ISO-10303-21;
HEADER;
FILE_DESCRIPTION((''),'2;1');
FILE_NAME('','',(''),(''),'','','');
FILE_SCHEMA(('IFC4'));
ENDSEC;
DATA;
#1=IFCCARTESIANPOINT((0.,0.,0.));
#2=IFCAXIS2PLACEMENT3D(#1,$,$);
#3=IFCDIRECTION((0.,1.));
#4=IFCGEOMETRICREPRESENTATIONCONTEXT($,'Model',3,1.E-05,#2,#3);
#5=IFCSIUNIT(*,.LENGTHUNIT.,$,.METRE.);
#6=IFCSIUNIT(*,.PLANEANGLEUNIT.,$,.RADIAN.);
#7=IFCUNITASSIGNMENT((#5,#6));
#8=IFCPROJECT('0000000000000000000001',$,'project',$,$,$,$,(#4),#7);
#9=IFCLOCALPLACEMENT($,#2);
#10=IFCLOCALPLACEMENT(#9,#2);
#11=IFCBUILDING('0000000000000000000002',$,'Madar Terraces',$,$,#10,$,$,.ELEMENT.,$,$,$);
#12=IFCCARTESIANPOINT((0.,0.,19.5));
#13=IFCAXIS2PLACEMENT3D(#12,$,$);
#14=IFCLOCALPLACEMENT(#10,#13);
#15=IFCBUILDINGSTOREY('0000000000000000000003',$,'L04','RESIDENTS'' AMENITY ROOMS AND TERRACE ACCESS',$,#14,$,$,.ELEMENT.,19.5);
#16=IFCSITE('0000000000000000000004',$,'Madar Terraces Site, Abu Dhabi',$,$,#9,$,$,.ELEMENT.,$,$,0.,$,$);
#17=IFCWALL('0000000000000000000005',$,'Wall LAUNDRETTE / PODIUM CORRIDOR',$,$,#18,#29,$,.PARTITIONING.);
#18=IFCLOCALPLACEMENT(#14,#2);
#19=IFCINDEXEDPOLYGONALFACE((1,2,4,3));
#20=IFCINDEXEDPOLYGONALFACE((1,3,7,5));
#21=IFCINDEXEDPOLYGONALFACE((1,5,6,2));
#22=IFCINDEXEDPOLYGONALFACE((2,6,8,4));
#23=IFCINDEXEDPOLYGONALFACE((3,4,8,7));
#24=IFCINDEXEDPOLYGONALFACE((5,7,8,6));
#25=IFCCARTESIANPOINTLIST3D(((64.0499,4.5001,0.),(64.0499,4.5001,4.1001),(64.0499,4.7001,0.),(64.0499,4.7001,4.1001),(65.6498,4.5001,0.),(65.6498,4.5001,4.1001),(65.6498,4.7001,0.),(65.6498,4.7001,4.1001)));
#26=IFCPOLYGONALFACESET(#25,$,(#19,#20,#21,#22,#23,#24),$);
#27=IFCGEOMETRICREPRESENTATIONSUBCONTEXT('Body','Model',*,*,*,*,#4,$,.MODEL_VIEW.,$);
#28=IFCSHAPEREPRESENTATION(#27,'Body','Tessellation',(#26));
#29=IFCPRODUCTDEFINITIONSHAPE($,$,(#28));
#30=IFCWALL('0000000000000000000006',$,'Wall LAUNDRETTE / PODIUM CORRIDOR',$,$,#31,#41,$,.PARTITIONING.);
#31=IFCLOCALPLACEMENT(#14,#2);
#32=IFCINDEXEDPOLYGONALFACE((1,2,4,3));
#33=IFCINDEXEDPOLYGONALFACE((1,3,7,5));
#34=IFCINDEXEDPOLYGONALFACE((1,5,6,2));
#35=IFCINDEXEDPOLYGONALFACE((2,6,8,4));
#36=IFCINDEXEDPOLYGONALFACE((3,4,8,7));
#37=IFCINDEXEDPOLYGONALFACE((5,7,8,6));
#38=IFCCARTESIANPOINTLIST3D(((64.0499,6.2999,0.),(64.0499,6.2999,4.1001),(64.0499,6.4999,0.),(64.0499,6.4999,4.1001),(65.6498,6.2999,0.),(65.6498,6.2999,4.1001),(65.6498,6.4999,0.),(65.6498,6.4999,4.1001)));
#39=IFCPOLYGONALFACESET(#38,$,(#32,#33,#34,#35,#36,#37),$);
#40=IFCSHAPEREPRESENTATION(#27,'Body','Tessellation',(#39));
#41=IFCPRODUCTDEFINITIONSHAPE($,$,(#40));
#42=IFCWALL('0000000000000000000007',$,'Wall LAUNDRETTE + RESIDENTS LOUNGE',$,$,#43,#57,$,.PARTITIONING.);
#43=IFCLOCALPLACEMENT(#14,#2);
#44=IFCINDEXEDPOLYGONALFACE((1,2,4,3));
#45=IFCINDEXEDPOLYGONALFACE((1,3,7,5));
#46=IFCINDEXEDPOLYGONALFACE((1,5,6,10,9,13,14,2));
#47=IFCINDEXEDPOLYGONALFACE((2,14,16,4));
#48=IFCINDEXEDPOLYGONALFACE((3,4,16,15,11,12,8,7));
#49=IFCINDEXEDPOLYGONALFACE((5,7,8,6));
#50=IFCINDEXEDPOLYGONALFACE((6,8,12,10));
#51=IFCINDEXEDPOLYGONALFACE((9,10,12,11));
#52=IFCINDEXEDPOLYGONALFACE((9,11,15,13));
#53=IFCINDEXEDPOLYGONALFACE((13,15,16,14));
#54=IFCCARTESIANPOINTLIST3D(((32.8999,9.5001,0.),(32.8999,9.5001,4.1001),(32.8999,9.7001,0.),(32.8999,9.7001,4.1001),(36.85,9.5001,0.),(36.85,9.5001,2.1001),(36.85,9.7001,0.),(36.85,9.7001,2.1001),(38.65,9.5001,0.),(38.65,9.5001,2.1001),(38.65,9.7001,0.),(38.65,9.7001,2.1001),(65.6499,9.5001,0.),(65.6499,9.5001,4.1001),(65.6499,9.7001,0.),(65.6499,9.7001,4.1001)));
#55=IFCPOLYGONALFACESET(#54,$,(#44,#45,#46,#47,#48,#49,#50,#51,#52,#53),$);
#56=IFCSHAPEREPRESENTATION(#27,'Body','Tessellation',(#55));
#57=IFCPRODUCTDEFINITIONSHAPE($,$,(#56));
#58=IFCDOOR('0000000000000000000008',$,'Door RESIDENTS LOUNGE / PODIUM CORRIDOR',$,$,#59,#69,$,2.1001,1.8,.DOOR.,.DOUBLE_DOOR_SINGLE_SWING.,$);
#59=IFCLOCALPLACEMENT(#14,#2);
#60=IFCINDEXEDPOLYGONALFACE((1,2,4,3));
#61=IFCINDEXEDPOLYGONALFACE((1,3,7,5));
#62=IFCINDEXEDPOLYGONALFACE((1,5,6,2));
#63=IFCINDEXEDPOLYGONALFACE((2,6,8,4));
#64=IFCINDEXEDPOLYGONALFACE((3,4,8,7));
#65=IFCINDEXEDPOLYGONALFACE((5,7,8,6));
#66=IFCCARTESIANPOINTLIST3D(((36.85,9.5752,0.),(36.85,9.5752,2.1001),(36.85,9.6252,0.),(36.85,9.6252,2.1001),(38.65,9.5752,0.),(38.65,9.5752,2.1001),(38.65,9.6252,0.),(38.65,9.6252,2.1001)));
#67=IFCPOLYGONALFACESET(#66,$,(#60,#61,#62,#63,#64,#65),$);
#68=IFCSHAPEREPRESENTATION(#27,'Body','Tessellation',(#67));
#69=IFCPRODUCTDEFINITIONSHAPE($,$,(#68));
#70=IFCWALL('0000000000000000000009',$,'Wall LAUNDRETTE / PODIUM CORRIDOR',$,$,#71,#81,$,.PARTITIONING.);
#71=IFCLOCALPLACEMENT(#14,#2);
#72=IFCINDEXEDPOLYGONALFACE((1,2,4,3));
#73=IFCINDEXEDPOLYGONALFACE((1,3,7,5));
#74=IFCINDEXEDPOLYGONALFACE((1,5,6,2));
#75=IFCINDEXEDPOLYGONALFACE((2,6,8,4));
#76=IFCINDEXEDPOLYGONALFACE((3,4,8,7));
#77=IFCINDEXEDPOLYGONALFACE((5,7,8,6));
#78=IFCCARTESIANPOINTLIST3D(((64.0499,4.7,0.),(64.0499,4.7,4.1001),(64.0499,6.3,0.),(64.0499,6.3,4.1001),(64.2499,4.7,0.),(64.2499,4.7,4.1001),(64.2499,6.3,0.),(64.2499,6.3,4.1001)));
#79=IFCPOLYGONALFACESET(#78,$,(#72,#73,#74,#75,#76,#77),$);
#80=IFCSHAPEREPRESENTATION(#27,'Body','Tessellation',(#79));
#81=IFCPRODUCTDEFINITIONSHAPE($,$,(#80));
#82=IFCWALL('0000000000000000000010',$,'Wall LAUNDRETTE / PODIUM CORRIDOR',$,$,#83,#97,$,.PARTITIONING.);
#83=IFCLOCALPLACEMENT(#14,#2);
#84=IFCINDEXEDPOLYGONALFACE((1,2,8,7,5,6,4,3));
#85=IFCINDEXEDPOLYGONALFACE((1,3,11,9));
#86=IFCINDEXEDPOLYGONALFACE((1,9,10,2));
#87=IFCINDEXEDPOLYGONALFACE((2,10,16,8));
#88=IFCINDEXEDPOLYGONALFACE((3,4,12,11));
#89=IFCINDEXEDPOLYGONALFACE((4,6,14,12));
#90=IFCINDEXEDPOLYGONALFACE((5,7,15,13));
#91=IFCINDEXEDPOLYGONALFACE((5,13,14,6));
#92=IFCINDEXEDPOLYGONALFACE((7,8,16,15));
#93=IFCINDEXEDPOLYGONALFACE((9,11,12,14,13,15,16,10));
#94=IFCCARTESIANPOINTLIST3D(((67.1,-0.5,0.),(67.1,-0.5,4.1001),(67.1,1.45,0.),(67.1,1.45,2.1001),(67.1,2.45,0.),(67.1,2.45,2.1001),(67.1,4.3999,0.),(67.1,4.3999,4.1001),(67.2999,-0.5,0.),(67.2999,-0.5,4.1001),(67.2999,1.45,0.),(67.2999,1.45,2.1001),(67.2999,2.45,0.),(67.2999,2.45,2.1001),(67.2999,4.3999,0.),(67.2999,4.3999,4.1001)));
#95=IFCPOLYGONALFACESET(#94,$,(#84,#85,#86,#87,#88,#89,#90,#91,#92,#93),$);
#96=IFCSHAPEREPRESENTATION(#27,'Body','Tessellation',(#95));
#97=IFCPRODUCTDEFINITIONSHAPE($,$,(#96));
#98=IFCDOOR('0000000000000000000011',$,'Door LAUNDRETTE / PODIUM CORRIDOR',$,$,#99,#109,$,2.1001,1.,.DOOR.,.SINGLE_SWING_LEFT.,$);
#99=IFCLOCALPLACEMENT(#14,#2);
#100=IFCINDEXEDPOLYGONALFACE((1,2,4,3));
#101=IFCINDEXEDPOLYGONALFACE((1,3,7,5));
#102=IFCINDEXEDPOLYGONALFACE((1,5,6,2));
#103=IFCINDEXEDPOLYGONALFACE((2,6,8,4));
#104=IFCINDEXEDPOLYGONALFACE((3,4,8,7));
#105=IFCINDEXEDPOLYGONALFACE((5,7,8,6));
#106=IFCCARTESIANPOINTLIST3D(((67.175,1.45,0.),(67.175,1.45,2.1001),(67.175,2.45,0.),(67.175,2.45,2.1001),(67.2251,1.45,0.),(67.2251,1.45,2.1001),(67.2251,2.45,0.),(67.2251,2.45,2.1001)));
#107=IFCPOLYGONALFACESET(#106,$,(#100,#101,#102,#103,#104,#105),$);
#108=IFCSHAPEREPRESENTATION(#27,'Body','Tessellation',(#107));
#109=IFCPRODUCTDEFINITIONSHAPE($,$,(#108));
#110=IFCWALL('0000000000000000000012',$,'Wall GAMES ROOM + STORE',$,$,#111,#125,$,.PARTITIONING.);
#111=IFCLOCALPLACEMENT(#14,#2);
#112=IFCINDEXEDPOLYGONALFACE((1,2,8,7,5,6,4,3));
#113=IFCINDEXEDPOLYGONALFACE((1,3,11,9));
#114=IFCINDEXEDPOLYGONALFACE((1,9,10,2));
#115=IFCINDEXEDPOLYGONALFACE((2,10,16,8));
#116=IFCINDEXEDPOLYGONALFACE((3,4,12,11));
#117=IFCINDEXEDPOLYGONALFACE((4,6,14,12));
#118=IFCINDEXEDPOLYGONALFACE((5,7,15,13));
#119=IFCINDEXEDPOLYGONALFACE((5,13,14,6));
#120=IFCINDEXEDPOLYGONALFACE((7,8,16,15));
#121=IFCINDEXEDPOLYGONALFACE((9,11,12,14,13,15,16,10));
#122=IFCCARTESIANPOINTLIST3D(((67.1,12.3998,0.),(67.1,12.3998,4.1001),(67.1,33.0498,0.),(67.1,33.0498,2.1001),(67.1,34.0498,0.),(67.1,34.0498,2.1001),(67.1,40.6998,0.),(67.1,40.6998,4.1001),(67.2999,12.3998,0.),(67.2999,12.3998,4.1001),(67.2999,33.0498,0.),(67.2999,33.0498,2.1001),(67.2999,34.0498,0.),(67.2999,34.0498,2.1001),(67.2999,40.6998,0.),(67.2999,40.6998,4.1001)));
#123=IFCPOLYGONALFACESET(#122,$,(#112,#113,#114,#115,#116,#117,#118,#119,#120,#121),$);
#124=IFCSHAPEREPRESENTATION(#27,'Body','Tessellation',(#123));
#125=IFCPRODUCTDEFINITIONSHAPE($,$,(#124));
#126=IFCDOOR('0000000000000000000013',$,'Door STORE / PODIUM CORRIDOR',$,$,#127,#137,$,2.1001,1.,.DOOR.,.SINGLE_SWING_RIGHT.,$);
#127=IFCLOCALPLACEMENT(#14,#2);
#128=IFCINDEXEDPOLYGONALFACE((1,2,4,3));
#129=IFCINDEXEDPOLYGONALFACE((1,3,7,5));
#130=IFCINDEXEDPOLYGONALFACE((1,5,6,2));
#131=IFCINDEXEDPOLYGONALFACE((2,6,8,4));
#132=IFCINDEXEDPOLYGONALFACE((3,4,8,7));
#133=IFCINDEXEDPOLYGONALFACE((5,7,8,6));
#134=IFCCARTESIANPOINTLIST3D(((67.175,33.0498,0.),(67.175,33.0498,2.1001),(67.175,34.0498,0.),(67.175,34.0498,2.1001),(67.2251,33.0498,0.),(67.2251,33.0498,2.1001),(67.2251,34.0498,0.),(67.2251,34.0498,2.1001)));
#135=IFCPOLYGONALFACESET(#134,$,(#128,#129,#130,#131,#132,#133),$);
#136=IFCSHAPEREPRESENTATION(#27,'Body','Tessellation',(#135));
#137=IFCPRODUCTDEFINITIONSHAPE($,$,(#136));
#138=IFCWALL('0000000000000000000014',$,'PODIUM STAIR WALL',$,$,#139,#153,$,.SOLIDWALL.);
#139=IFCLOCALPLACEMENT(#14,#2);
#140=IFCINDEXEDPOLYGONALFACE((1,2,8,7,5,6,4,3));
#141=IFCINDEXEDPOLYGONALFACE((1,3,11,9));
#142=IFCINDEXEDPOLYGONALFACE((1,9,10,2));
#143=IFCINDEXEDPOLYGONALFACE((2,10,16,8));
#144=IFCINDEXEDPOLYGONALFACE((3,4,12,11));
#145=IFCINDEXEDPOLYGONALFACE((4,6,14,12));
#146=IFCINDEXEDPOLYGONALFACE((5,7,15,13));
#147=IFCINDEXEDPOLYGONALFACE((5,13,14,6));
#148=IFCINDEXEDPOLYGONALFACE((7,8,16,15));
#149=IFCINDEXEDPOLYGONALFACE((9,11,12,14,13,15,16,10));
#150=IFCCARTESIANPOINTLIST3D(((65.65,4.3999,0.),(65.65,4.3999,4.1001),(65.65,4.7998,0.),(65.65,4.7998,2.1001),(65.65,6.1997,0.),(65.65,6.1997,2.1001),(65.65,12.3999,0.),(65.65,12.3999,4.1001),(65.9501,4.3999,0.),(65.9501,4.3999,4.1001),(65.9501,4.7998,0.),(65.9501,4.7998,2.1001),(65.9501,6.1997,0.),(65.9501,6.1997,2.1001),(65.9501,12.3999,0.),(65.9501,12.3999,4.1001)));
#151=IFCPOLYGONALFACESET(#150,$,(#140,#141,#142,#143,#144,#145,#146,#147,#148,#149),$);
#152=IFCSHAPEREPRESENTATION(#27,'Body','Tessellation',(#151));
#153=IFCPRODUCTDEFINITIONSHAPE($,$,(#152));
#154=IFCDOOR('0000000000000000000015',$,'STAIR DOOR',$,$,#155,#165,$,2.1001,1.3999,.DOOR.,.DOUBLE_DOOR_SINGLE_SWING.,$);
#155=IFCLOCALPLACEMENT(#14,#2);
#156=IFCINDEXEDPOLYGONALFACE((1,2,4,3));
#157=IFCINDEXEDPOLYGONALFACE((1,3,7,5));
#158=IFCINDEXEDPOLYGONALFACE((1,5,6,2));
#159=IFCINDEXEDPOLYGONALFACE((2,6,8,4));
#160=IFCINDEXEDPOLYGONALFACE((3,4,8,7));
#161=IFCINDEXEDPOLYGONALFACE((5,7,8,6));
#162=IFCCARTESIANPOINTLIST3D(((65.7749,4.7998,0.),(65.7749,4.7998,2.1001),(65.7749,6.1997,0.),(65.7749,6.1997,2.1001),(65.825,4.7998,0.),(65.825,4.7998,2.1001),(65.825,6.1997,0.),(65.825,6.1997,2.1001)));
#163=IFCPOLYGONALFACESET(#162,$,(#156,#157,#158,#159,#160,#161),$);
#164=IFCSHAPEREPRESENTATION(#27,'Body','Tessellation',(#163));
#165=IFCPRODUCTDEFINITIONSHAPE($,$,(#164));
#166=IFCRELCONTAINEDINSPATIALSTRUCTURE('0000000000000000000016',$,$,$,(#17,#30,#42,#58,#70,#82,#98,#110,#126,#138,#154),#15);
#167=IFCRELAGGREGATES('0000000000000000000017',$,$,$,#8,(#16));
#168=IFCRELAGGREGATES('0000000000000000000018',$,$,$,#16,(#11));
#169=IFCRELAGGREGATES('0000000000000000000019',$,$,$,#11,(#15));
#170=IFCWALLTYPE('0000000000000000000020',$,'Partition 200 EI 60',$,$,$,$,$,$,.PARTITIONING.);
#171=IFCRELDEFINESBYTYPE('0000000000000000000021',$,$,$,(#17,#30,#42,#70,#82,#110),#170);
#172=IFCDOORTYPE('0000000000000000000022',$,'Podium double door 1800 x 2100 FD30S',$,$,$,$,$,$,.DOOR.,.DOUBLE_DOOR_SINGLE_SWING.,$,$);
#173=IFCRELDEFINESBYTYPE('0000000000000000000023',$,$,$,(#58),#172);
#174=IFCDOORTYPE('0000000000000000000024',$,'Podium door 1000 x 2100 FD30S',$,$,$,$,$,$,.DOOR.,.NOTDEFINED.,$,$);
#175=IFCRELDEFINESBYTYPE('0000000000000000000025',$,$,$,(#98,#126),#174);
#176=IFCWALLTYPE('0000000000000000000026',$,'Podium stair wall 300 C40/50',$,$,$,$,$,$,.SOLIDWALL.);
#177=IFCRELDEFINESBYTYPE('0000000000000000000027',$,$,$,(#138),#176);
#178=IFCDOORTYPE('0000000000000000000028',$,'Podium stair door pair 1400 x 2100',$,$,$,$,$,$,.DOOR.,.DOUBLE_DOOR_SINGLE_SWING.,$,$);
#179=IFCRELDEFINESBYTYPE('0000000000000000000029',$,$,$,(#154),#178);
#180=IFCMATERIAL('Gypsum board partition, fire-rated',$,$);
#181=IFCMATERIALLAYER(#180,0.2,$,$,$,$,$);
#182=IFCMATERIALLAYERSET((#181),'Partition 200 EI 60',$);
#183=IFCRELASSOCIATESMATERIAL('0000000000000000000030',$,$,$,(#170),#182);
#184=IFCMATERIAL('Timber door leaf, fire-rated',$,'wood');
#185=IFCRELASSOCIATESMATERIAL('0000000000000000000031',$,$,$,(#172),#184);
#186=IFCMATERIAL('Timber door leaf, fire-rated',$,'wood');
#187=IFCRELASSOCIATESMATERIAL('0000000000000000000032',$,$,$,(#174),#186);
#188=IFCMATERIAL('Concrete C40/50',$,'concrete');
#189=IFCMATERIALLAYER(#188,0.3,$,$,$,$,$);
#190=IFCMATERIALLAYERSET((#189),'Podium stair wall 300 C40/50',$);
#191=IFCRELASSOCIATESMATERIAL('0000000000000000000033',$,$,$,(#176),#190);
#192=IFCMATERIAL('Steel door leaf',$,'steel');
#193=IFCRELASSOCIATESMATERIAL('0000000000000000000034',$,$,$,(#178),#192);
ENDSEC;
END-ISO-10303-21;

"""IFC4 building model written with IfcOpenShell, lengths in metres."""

from ifc_helpers import new_model, si_unit, direction, frame, frame_2d, origin, place, context, subcontext, project, spatial, rectangle, extrude, material, layer, layer_set, type_object, element, fill, save


model = new_model("IFC4")

# Units and contexts
model_context = context("Model", 3, precision=1e-05, world=origin(), true_north=direction((0.0, 1.0)))
body_context = subcontext(model_context, "Body", "Model", "MODEL_VIEW")
ifc_project = project(units=[si_unit("LENGTHUNIT", "METRE"), si_unit("PLANEANGLEUNIT", "RADIAN")], contexts=[model_context])

# Site, building, storey
site_placement = place(None, origin())
site = spatial("IfcSite", under=ifc_project, at=site_placement, Name="Madar Terraces Site, Abu Dhabi", CompositionType="ELEMENT", RefElevation=0.0)
building_placement = place(site_placement, origin())
building = spatial("IfcBuilding", under=site, at=building_placement, Name="Madar Terraces", CompositionType="ELEMENT")
storey_placement = place(building_placement, frame((0.0, 0.0, 19.5)))
storey = spatial("IfcBuildingStorey", under=building, at=storey_placement, Name="L04", Description="RESIDENTS' AMENITY ROOMS AND TERRACE ACCESS", CompositionType="ELEMENT", Elevation=19.5)

# Walls
ifc_material_1 = material(Name="Gypsum board partition, fire-rated")
ifc_layer_1 = layer(ifc_material_1, 0.2)
ifc_layer_set_1 = layer_set([ifc_layer_1], Name="Partition 200 EI 60")
wall_type_1 = type_object("IfcWallType", Name="Partition 200 EI 60", PredefinedType="PARTITIONING", material=ifc_layer_set_1)
for number, where, z_axis, x_axis, name in (
    (1, (64.05, 4.6001, 0.0), (0.0, 0.0, 1.0), (1.0, 0.0, 0.0), "Wall LAUNDRETTE / PODIUM CORRIDOR"),
    (2, (64.05, 6.3999, 0.0), (0.0, 0.0, 1.0), (1.0, 0.0, 0.0), "Wall LAUNDRETTE / PODIUM CORRIDOR"),
):
    element("IfcWall", number, at=place(storey_placement, frame(where, z_axis=z_axis, x_axis=x_axis)), inside=storey, type_object=wall_type_1, Name=name, PredefinedType="PARTITIONING", context=body_context, shape_type="SweptSolid", body=[
        extrude(rectangle(XDim=1.5999, YDim=0.2, at=frame_2d((0.7998, 0.0))), origin(), (0.0, 0.0, 1.0), 4.1001),
    ])

# Wall, opening, door
wall_1_placement = place(storey_placement, frame((65.6499, 9.6001, 0.0), z_axis=(0.0, 0.0, 1.0), x_axis=(-1.0, 0.0, 0.0)))
wall_1 = element("IfcWall", 3, at=wall_1_placement, inside=storey, type_object=wall_type_1, Name="Wall LAUNDRETTE + RESIDENTS LOUNGE", PredefinedType="PARTITIONING", context=body_context, shape_type="SweptSolid", body=[
    extrude(rectangle(XDim=32.75, YDim=0.2, at=frame_2d((16.375, 0.0))), origin(), (0.0, 0.0, 1.0), 4.1001),
])
opening_1_placement = place(wall_1_placement, frame((27.0, 0.0, 0.0)))
opening_1 = element("IfcOpeningElement", 4, at=opening_1_placement, cuts=wall_1, PredefinedType="OPENING", context=body_context, shape_type="SweptSolid", body=[
    extrude(rectangle(XDim=1.8, YDim=2.1001, at=frame_2d((0.8999, 1.05))), frame((0.0, 0.1099, 0.0), z_axis=(0.0, -1.0, 0.0), x_axis=(1.0, 0.0, 0.0)), (0.0, 0.0, 1.0), 0.22),
])
ifc_material_2 = material(Name="Timber door leaf, fire-rated", Category="wood")
door_type_1 = type_object("IfcDoorType", Name="Podium double door 1800 x 2100 FD30S", OperationType="DOUBLE_DOOR_SINGLE_SWING", PredefinedType="DOOR", material=ifc_material_2)
door_1_placement = place(opening_1_placement, origin())
door_1 = element("IfcDoor", 5, at=door_1_placement, inside=storey, type_object=door_type_1, Name="Door RESIDENTS LOUNGE / PODIUM CORRIDOR", OperationType="DOUBLE_DOOR_SINGLE_SWING", OverallHeight=2.1001, OverallWidth=1.8, PredefinedType="DOOR", context=body_context, shape_type="SweptSolid", body=[
    extrude(rectangle(XDim=1.8, YDim=2.1001, at=frame_2d((0.8999, 1.05))), frame((0.0, 0.0249, 0.0), z_axis=(0.0, -1.0, 0.0), x_axis=(1.0, 0.0, 0.0)), (0.0, 0.0, 1.0), 0.05),
])
fill(opening_1, door_1)

# Wall
wall_2_placement = place(storey_placement, frame((64.1499, 4.7, 0.0), z_axis=(0.0, 0.0, 1.0), x_axis=(0.0, 1.0, 0.0)))
element("IfcWall", 6, at=wall_2_placement, inside=storey, type_object=wall_type_1, Name="Wall LAUNDRETTE / PODIUM CORRIDOR", PredefinedType="PARTITIONING", context=body_context, shape_type="SweptSolid", body=[
    extrude(rectangle(XDim=1.6001, YDim=0.2, at=frame_2d((0.8, 0.0))), origin(), (0.0, 0.0, 1.0), 4.1001),
])

# Walls, openings, doors
wall_3_placement = place(storey_placement, frame((67.2, -0.5, 0.0), z_axis=(0.0, 0.0, 1.0), x_axis=(0.0, 1.0, 0.0)))
wall_3 = element("IfcWall", 7, at=wall_3_placement, inside=storey, type_object=wall_type_1, Name="Wall LAUNDRETTE / PODIUM CORRIDOR", PredefinedType="PARTITIONING", context=body_context, shape_type="SweptSolid", body=[
    extrude(rectangle(XDim=4.8999, YDim=0.2, at=frame_2d((2.45, 0.0))), origin(), (0.0, 0.0, 1.0), 4.1001),
])
opening_2_placement = place(wall_3_placement, frame((1.95, 0.0, 0.0)))
opening_2 = element("IfcOpeningElement", 8, at=opening_2_placement, cuts=wall_3, PredefinedType="OPENING", context=body_context, shape_type="SweptSolid", body=[
    extrude(rectangle(XDim=1.0, YDim=2.1001, at=frame_2d((0.5, 1.05))), frame((0.0, 0.1099, 0.0), z_axis=(0.0, -1.0, 0.0), x_axis=(1.0, 0.0, 0.0)), (0.0, 0.0, 1.0), 0.22),
])
ifc_material_3 = material(Name="Timber door leaf, fire-rated", Category="wood")
door_type_2 = type_object("IfcDoorType", Name="Podium door 1000 x 2100 FD30S", OperationType="NOTDEFINED", PredefinedType="DOOR", material=ifc_material_3)
door_2_placement = place(opening_2_placement, origin())
door_2 = element("IfcDoor", 9, at=door_2_placement, inside=storey, type_object=door_type_2, Name="Door LAUNDRETTE / PODIUM CORRIDOR", OperationType="SINGLE_SWING_LEFT", OverallHeight=2.1001, OverallWidth=1.0, PredefinedType="DOOR", context=body_context, shape_type="SweptSolid", body=[
    extrude(rectangle(XDim=1.0, YDim=2.1001, at=frame_2d((0.5, 1.05))), frame((0.0, 0.0249, 0.0), z_axis=(0.0, -1.0, 0.0), x_axis=(1.0, 0.0, 0.0)), (0.0, 0.0, 1.0), 0.05),
])
fill(opening_2, door_2)
wall_4_placement = place(storey_placement, frame((67.2, 12.3999, 0.0), z_axis=(0.0, 0.0, 1.0), x_axis=(0.0, 1.0, 0.0)))
wall_4 = element("IfcWall", 10, at=wall_4_placement, inside=storey, type_object=wall_type_1, Name="Wall GAMES ROOM + STORE", PredefinedType="PARTITIONING", context=body_context, shape_type="SweptSolid", body=[
    extrude(rectangle(XDim=28.3, YDim=0.2, at=frame_2d((14.1499, 0.0))), origin(), (0.0, 0.0, 1.0), 4.1001),
])
opening_3_placement = place(wall_4_placement, frame((20.6499, 0.0, 0.0)))
opening_3 = element("IfcOpeningElement", 11, at=opening_3_placement, cuts=wall_4, PredefinedType="OPENING", context=body_context, shape_type="SweptSolid", body=[
    extrude(rectangle(XDim=1.0, YDim=2.1001, at=frame_2d((0.5, 1.05))), frame((0.0, 0.1099, 0.0), z_axis=(0.0, -1.0, 0.0), x_axis=(1.0, 0.0, 0.0)), (0.0, 0.0, 1.0), 0.22),
])
door_3_placement = place(opening_3_placement, origin())
door_3 = element("IfcDoor", 12, at=door_3_placement, inside=storey, type_object=door_type_2, Name="Door STORE / PODIUM CORRIDOR", OperationType="SINGLE_SWING_RIGHT", OverallHeight=2.1001, OverallWidth=1.0, PredefinedType="DOOR", context=body_context, shape_type="SweptSolid", body=[
    extrude(rectangle(XDim=1.0, YDim=2.1001, at=frame_2d((0.5, 1.05))), frame((0.0, 0.0249, 0.0), z_axis=(0.0, -1.0, 0.0), x_axis=(1.0, 0.0, 0.0)), (0.0, 0.0, 1.0), 0.05),
])
fill(opening_3, door_3)
ifc_material_4 = material(Name="Concrete C40/50", Category="concrete")
ifc_layer_2 = layer(ifc_material_4, 0.3)
ifc_layer_set_2 = layer_set([ifc_layer_2], Name="Podium stair wall 300 C40/50")
wall_type_2 = type_object("IfcWallType", Name="Podium stair wall 300 C40/50", PredefinedType="SOLIDWALL", material=ifc_layer_set_2)
wall_5_placement = place(storey_placement, frame((65.8, 4.3999, 0.0), z_axis=(0.0, 0.0, 1.0), x_axis=(0.0, 1.0, 0.0)))
wall_5 = element("IfcWall", 13, at=wall_5_placement, inside=storey, type_object=wall_type_2, Name="PODIUM STAIR WALL", PredefinedType="SOLIDWALL", context=body_context, shape_type="SweptSolid", body=[
    extrude(rectangle(XDim=8.0, YDim=0.3, at=frame_2d((4.0, 0.0))), origin(), (0.0, 0.0, 1.0), 4.1001),
])
opening_4_placement = place(wall_5_placement, frame((0.3999, 0.0, 0.0)))
opening_4 = element("IfcOpeningElement", 14, at=opening_4_placement, cuts=wall_5, PredefinedType="OPENING", context=body_context, shape_type="SweptSolid", body=[
    extrude(rectangle(XDim=1.3999, YDim=2.1001, at=frame_2d((0.7, 1.05))), frame((0.0, 0.1599, 0.0), z_axis=(0.0, -1.0, 0.0), x_axis=(1.0, 0.0, 0.0)), (0.0, 0.0, 1.0), 0.3201),
])
ifc_material_5 = material(Name="Steel door leaf", Category="steel")
door_type_3 = type_object("IfcDoorType", Name="Podium stair door pair 1400 x 2100", OperationType="DOUBLE_DOOR_SINGLE_SWING", PredefinedType="DOOR", material=ifc_material_5)
door_4_placement = place(opening_4_placement, frame((1.3999, 0.0, 0.0), z_axis=(0.0, 0.0, 1.0), x_axis=(-1.0, 0.0, 0.0)))
door_4 = element("IfcDoor", 15, at=door_4_placement, inside=storey, type_object=door_type_3, Name="STAIR DOOR", OperationType="DOUBLE_DOOR_SINGLE_SWING", OverallHeight=2.1001, OverallWidth=1.3999, PredefinedType="DOOR", context=body_context, shape_type="SweptSolid", body=[
    extrude(rectangle(XDim=1.3999, YDim=2.1001, at=frame_2d((0.7, 1.05))), frame((0.0, 0.0249, 0.0), z_axis=(0.0, -1.0, 0.0), x_axis=(1.0, 0.0, 0.0)), (0.0, 0.0, 1.0), 0.05),
])
fill(opening_4, door_4)

save(model, "model.ifc")
